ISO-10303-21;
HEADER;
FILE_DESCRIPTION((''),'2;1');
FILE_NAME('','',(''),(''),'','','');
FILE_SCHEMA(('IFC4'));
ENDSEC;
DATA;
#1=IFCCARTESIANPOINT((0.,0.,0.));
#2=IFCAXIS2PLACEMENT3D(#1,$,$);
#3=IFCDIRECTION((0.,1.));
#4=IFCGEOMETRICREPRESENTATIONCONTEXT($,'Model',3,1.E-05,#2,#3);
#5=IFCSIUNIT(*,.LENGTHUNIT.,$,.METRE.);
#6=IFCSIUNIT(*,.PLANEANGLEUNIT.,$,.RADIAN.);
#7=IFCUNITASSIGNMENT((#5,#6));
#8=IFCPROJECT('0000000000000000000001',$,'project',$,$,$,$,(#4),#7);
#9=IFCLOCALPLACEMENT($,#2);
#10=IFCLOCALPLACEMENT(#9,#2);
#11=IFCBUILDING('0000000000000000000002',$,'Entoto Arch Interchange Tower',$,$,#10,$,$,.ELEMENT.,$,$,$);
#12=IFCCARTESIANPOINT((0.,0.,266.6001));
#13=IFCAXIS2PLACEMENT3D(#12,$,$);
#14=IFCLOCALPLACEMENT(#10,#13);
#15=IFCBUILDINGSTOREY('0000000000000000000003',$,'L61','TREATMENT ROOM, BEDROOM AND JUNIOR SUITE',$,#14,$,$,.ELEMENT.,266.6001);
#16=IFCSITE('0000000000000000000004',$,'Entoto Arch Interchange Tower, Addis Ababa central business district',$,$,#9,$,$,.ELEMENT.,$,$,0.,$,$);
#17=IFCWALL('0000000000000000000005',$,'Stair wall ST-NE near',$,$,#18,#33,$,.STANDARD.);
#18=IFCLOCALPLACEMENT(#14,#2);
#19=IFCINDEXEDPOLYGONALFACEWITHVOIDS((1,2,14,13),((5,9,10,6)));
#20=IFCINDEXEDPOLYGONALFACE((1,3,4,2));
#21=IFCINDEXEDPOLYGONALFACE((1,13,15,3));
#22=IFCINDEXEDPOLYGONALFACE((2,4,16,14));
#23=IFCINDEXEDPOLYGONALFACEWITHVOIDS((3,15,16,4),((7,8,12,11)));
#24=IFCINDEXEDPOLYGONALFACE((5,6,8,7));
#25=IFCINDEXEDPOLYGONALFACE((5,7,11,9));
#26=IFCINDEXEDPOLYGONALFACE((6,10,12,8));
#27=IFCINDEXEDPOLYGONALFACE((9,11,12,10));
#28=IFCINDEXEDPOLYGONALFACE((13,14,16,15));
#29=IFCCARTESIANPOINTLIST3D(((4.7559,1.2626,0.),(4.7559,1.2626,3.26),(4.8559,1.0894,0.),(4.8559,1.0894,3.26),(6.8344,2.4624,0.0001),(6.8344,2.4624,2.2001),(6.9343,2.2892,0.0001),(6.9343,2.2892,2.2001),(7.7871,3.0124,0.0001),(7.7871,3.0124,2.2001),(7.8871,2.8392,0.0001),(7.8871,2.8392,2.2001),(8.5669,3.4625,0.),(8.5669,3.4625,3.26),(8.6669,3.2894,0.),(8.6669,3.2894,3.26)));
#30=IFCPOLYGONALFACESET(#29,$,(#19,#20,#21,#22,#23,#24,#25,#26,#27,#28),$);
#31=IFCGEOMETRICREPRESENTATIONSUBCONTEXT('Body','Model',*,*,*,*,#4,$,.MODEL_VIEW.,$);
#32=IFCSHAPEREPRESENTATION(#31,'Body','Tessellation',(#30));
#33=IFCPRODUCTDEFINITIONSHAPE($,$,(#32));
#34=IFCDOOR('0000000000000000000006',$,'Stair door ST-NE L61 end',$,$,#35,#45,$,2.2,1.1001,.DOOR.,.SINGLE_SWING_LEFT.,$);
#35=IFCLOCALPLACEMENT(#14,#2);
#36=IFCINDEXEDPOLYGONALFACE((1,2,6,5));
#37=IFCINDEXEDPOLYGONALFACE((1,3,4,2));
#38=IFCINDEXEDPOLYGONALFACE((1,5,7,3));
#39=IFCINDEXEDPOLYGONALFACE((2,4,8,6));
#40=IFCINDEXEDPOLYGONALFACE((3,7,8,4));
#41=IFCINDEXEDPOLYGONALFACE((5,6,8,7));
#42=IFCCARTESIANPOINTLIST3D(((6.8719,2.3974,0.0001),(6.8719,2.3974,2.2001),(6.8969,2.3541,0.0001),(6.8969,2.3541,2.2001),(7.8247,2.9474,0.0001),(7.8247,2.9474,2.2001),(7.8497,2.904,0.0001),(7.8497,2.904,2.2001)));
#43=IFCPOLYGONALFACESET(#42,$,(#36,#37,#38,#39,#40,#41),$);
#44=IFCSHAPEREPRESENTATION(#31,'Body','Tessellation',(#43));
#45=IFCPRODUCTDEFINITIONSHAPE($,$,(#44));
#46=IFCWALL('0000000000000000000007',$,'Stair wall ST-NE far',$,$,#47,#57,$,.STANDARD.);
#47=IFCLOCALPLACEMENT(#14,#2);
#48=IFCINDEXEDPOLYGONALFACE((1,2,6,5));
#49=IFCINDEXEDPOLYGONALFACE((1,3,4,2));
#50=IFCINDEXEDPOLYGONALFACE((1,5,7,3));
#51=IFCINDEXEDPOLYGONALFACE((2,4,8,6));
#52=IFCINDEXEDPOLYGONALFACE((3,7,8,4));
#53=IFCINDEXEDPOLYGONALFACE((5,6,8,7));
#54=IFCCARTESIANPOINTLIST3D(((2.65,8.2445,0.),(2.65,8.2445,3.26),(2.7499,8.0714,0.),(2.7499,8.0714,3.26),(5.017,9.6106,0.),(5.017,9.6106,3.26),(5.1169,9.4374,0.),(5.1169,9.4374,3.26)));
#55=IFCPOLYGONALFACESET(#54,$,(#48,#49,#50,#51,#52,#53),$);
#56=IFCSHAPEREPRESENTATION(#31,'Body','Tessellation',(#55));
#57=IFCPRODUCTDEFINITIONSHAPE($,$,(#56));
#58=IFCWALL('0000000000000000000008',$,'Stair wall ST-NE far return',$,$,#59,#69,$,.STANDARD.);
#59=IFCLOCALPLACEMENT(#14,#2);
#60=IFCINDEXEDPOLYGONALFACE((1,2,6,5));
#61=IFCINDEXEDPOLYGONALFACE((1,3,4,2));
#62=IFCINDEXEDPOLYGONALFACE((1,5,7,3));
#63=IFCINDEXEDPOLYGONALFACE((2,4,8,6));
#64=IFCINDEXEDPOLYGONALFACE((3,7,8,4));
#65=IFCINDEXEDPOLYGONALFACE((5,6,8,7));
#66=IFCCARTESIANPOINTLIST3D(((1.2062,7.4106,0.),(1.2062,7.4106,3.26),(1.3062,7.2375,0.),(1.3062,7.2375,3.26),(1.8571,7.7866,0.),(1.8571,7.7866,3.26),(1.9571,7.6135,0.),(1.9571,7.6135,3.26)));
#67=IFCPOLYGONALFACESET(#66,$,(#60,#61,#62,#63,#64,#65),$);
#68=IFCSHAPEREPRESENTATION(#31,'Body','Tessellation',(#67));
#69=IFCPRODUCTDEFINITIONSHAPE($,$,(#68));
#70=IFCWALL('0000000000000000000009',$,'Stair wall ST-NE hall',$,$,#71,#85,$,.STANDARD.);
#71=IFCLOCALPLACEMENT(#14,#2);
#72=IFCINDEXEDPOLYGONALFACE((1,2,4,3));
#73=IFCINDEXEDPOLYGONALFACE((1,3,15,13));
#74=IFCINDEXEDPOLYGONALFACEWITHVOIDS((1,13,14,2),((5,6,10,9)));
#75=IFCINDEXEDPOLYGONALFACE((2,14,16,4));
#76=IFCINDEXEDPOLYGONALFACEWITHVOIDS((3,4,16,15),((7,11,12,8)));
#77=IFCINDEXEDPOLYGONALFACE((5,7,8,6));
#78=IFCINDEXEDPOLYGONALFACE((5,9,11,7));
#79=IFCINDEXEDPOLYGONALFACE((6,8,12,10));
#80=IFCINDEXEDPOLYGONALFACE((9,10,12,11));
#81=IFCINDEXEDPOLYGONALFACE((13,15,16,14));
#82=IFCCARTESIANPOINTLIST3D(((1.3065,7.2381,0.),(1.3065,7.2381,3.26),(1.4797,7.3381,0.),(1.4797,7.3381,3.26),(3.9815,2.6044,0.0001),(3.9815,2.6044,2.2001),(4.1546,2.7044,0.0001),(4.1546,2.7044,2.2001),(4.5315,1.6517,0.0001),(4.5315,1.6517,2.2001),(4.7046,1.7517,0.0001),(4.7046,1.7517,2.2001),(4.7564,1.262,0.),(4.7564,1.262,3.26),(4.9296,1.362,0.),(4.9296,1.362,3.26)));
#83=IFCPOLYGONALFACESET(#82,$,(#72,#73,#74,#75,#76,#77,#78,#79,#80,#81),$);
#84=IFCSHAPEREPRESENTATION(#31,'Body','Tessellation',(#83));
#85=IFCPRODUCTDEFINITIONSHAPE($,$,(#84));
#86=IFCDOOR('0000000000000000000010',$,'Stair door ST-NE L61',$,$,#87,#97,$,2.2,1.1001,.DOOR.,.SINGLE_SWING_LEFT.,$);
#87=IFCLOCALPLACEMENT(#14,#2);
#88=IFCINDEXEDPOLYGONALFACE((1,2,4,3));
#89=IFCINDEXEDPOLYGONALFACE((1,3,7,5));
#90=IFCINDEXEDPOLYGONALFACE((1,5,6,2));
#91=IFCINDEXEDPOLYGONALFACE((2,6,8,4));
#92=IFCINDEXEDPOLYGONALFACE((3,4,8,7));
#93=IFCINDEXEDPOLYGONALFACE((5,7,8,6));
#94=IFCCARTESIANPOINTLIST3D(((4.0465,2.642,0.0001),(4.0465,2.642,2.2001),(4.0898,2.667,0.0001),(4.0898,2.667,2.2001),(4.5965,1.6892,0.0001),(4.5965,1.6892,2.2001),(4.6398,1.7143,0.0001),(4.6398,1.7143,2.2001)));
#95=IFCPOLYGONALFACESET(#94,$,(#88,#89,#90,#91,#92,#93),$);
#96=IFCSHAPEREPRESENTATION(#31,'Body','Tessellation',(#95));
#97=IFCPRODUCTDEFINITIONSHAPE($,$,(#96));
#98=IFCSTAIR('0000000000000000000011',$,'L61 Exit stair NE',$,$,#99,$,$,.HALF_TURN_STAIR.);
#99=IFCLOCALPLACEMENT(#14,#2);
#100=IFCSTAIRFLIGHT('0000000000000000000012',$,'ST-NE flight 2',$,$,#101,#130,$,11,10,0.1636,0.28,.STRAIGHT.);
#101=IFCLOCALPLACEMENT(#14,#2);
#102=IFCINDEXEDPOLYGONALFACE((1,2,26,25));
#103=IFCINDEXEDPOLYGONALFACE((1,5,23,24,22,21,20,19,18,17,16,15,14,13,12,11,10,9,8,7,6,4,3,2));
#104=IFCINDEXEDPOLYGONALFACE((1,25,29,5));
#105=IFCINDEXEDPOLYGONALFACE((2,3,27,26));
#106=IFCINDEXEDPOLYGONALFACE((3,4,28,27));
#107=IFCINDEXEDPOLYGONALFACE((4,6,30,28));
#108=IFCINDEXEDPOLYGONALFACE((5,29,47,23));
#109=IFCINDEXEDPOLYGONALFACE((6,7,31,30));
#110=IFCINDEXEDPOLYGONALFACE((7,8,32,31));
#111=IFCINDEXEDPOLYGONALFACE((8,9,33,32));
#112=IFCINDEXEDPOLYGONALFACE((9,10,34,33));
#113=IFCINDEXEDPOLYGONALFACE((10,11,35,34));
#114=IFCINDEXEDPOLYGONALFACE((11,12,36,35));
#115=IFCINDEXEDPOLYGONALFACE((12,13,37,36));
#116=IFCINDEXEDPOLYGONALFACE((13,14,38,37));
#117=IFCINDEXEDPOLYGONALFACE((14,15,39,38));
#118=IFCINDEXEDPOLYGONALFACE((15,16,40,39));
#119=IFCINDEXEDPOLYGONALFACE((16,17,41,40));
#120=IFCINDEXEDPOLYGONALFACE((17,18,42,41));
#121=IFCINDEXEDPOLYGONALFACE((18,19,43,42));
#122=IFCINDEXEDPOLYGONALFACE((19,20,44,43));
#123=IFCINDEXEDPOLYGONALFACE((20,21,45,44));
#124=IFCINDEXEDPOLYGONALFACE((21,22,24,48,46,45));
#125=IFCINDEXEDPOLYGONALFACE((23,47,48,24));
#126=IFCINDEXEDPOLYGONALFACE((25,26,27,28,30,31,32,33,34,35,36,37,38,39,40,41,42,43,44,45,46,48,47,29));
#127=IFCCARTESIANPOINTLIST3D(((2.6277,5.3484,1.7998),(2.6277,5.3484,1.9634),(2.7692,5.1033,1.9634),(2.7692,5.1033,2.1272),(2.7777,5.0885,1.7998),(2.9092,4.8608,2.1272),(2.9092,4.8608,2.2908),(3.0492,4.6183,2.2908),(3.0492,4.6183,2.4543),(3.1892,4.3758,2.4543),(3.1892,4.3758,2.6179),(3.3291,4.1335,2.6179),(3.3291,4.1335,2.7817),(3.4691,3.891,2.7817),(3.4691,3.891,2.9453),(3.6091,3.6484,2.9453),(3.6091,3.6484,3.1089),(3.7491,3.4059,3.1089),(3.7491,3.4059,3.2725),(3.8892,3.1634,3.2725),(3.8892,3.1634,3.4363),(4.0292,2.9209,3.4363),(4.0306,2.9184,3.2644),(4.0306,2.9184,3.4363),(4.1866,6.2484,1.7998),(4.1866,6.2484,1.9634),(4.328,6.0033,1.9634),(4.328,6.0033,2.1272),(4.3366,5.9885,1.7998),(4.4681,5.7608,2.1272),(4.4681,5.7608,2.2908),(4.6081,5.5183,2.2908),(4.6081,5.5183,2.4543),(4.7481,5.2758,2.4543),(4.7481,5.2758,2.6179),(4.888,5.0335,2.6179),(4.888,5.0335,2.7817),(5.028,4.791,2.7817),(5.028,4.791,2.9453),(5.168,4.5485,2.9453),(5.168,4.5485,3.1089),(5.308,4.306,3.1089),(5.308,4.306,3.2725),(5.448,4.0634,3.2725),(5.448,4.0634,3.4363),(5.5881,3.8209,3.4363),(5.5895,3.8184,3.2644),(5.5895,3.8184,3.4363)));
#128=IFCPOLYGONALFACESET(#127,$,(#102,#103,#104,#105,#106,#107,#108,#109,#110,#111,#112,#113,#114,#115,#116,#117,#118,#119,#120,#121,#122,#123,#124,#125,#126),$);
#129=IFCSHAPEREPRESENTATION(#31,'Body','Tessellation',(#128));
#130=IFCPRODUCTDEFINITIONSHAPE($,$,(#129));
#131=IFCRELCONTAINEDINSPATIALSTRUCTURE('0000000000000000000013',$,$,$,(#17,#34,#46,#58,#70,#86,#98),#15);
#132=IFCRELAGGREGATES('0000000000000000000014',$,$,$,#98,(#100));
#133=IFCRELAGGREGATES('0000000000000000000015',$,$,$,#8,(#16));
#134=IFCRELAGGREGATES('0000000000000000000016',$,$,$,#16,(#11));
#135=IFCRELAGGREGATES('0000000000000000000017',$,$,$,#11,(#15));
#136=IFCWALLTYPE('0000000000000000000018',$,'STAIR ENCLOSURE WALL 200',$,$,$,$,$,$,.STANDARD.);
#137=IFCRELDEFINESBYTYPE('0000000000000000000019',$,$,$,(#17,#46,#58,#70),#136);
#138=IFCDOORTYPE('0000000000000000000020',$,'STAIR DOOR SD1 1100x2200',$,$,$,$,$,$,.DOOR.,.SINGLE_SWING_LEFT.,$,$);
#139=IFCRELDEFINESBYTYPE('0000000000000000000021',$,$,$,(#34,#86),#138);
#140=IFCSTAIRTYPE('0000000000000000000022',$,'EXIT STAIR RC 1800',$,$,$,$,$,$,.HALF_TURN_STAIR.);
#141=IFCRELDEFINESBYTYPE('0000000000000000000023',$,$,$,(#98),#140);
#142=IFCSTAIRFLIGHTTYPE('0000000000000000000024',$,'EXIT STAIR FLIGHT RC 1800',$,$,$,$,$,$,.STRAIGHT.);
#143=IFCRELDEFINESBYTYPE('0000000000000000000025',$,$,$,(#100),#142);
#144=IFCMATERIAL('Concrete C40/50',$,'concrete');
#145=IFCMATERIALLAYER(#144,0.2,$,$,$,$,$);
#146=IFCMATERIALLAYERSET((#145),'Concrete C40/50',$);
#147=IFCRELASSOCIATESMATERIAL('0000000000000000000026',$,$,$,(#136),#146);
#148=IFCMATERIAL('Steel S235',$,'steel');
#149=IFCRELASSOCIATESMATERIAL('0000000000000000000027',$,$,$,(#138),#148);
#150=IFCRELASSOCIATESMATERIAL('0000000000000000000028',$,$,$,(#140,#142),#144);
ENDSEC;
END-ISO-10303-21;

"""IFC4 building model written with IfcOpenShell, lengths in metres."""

from ifc_helpers import new_model, si_unit, direction, frame, frame_2d, origin, place, context, subcontext, project, spatial, polyline, rectangle, outline, extrude, material, layer, layer_set, type_object, element, fill, aggregate, save


model = new_model("IFC4")

# Units and contexts
model_context = context("Model", 3, precision=1e-05, world=origin(), true_north=direction((0.0, 1.0)))
body_context = subcontext(model_context, "Body", "Model", "MODEL_VIEW")
ifc_project = project(units=[si_unit("LENGTHUNIT", "METRE"), si_unit("PLANEANGLEUNIT", "RADIAN")], contexts=[model_context])

# Site, building, storey
site_placement = place(None, origin())
site = spatial("IfcSite", under=ifc_project, at=site_placement, Name="Entoto Arch Interchange Tower, Addis Ababa central business district", CompositionType="ELEMENT", RefElevation=0.0)
building_placement = place(site_placement, origin())
building = spatial("IfcBuilding", under=site, at=building_placement, Name="Entoto Arch Interchange Tower", CompositionType="ELEMENT")
storey_placement = place(building_placement, frame((0.0, 0.0, 266.6001)))
storey = spatial("IfcBuildingStorey", under=building, at=storey_placement, Name="L61", Description="TREATMENT ROOM, BEDROOM AND JUNIOR SUITE", CompositionType="ELEMENT", Elevation=266.6001)

# Shared definitions
ifc_material_1 = material(Name="Concrete C40/50", Category="concrete")

# Wall, opening, door
ifc_layer_1 = layer(ifc_material_1, 0.2)
ifc_layer_set_1 = layer_set([ifc_layer_1], Name="Concrete C40/50")
wall_type_1 = type_object("IfcWallType", Name="STAIR ENCLOSURE WALL 200", PredefinedType="STANDARD", material=ifc_layer_set_1)
wall_1_placement = place(storey_placement, frame((4.8059, 1.176, 0.0), z_axis=(0.0, 0.0, 1.0), x_axis=(0.86606, 0.49994, 0.0)))
wall_1 = element("IfcWall", 1, at=wall_1_placement, inside=storey, type_object=wall_type_1, Name="Stair wall ST-NE near", PredefinedType="STANDARD", context=body_context, shape_type="SweptSolid", body=[
    extrude(rectangle(XDim=4.4004, YDim=0.2, at=frame_2d((2.2002, 0.0))), origin(), (0.0, 0.0, 1.0), 3.26),
])
opening_1_placement = place(wall_1_placement, frame((2.3999, 0.0, 0.0)))
opening_1 = element("IfcOpeningElement", 2, at=opening_1_placement, cuts=wall_1, PredefinedType="OPENING", context=body_context, shape_type="SweptSolid", body=[
    extrude(rectangle(XDim=1.1001, YDim=2.2, at=frame_2d((0.55, 1.1001))), frame((0.0, 0.1099, 0.0), z_axis=(0.0, -1.0, 0.0), x_axis=(1.0, 0.0, 0.0)), (0.0, 0.0, 1.0), 0.22),
])
ifc_material_2 = material(Name="Steel S235", Category="steel")
door_type_1 = type_object("IfcDoorType", Name="STAIR DOOR SD1 1100x2200", OperationType="SINGLE_SWING_LEFT", PredefinedType="DOOR", material=ifc_material_2)
door_1_placement = place(opening_1_placement, origin())
door_1 = element("IfcDoor", 3, at=door_1_placement, inside=storey, type_object=door_type_1, Name="Stair door ST-NE L61 end", OperationType="SINGLE_SWING_LEFT", OverallHeight=2.2, OverallWidth=1.1001, PredefinedType="DOOR", context=body_context, shape_type="SweptSolid", body=[
    extrude(rectangle(XDim=1.1001, YDim=2.2, at=frame_2d((0.55, 1.1001))), frame((0.0, 0.0249, 0.0), z_axis=(0.0, -1.0, 0.0), x_axis=(1.0, 0.0, 0.0)), (0.0, 0.0, 1.0), 0.05),
])
fill(opening_1, door_1)

# Walls
wall_2_placement = place(storey_placement, frame((2.7, 8.158, 0.0), z_axis=(0.0, 0.0, 1.0), x_axis=(0.866119, 0.499838, 0.0)))
element("IfcWall", 4, at=wall_2_placement, inside=storey, type_object=wall_type_1, Name="Stair wall ST-NE far", PredefinedType="STANDARD", context=body_context, shape_type="SweptSolid", body=[
    extrude(rectangle(XDim=2.7329, YDim=0.2, at=frame_2d((1.3665, 0.0))), origin(), (0.0, 0.0, 1.0), 3.26),
])
wall_3_placement = place(storey_placement, frame((1.2561, 7.324, 0.0), z_axis=(0.0, 0.0, 1.0), x_axis=(0.865915, 0.500191, 0.0)))
element("IfcWall", 5, at=wall_3_placement, inside=storey, type_object=wall_type_1, Name="Stair wall ST-NE far return", PredefinedType="STANDARD", context=body_context, shape_type="SweptSolid", body=[
    extrude(rectangle(XDim=0.7517, YDim=0.2, at=frame_2d((0.376, 0.0))), origin(), (0.0, 0.0, 1.0), 3.26),
])

# Wall, opening, door
wall_4_placement = place(storey_placement, frame((4.843, 1.312, 0.0), z_axis=(0.0, 0.0, 1.0), x_axis=(-0.499963, 0.866047, 0.0)))
wall_4 = element("IfcWall", 6, at=wall_4_placement, inside=storey, type_object=wall_type_1, Name="Stair wall ST-NE hall", PredefinedType="STANDARD", context=body_context, shape_type="SweptSolid", body=[
    extrude(rectangle(XDim=6.9004, YDim=0.2, at=frame_2d((3.4502, 0.0))), origin(), (0.0, 0.0, 1.0), 3.26),
])
opening_2_placement = place(wall_4_placement, frame((0.45, 0.0, 0.0)))
opening_2 = element("IfcOpeningElement", 7, at=opening_2_placement, cuts=wall_4, PredefinedType="OPENING", context=body_context, shape_type="SweptSolid", body=[
    extrude(rectangle(XDim=1.1001, YDim=2.2, at=frame_2d((0.55, 1.1001))), frame((0.0, 0.1099, 0.0), z_axis=(0.0, -1.0, 0.0), x_axis=(1.0, 0.0, 0.0)), (0.0, 0.0, 1.0), 0.22),
])
door_2_placement = place(opening_2_placement, origin())
door_2 = element("IfcDoor", 8, at=door_2_placement, inside=storey, type_object=door_type_1, Name="Stair door ST-NE L61", OperationType="SINGLE_SWING_LEFT", OverallHeight=2.2, OverallWidth=1.1001, PredefinedType="DOOR", context=body_context, shape_type="SweptSolid", body=[
    extrude(rectangle(XDim=1.1001, YDim=2.2, at=frame_2d((0.55, 1.1001))), frame((0.0, 0.0249, 0.0), z_axis=(0.0, -1.0, 0.0), x_axis=(1.0, 0.0, 0.0)), (0.0, 0.0, 1.0), 0.05),
])
fill(opening_2, door_2)

# Stair, stair flight
stair_type = type_object("IfcStairType", Name="EXIT STAIR RC 1800", PredefinedType="HALF_TURN_STAIR", material=ifc_material_1)
stair_placement = place(storey_placement, origin())
stair = element("IfcStair", 9, at=stair_placement, inside=storey, type_object=stair_type, Name="L61 Exit stair NE", PredefinedType="HALF_TURN_STAIR")
stair_flight_type = type_object("IfcStairFlightType", Name="EXIT STAIR FLIGHT RC 1800", PredefinedType="STRAIGHT", material=ifc_material_1)
stair_flight_placement = place(storey_placement, frame((3.4087, 5.7959, 1.7998), z_axis=(0.0, 0.0, 1.0), x_axis=(0.5, -0.866025, 0.0)))
stair_flight = element("IfcStairFlight", 10, at=stair_flight_placement, type_object=stair_flight_type, Name="ST-NE flight 2", NumberOfRisers=11, NumberOfTreads=10, PredefinedType="STRAIGHT", RiserHeight=0.1636, TreadLength=0.28, context=body_context, shape_type="SweptSolid", body=[
    extrude(outline(polyline([(-0.0029, 0.0), (-0.0029, 0.1636), (0.28, 0.1636), (0.28, 0.3274), (0.5601, 0.3274), (0.5601, 0.491), (0.8401, 0.491), (0.8401, 0.6545), (1.1201, 0.6545), (1.1201, 0.8181), (1.3999, 0.8181), (1.3999, 0.9819), (1.6799, 0.9819), (1.6799, 1.1455), (1.96, 1.1455), (1.96, 1.3091), (2.24, 1.3091), (2.24, 1.4727), (2.52, 1.4727), (2.52, 1.6365), (2.8, 1.6365), (2.803, 1.6365), (2.803, 1.4646), (0.2971, 0.0), (-0.0029, 0.0)])), frame((0.0, 0.8999, 0.0), z_axis=(0.0, -1.0, 0.0), x_axis=(1.0, 0.0, 0.0)), (0.0, 0.0, 1.0), 1.8),
])
aggregate(stair, [stair_flight])

save(model, "model.ifc")
